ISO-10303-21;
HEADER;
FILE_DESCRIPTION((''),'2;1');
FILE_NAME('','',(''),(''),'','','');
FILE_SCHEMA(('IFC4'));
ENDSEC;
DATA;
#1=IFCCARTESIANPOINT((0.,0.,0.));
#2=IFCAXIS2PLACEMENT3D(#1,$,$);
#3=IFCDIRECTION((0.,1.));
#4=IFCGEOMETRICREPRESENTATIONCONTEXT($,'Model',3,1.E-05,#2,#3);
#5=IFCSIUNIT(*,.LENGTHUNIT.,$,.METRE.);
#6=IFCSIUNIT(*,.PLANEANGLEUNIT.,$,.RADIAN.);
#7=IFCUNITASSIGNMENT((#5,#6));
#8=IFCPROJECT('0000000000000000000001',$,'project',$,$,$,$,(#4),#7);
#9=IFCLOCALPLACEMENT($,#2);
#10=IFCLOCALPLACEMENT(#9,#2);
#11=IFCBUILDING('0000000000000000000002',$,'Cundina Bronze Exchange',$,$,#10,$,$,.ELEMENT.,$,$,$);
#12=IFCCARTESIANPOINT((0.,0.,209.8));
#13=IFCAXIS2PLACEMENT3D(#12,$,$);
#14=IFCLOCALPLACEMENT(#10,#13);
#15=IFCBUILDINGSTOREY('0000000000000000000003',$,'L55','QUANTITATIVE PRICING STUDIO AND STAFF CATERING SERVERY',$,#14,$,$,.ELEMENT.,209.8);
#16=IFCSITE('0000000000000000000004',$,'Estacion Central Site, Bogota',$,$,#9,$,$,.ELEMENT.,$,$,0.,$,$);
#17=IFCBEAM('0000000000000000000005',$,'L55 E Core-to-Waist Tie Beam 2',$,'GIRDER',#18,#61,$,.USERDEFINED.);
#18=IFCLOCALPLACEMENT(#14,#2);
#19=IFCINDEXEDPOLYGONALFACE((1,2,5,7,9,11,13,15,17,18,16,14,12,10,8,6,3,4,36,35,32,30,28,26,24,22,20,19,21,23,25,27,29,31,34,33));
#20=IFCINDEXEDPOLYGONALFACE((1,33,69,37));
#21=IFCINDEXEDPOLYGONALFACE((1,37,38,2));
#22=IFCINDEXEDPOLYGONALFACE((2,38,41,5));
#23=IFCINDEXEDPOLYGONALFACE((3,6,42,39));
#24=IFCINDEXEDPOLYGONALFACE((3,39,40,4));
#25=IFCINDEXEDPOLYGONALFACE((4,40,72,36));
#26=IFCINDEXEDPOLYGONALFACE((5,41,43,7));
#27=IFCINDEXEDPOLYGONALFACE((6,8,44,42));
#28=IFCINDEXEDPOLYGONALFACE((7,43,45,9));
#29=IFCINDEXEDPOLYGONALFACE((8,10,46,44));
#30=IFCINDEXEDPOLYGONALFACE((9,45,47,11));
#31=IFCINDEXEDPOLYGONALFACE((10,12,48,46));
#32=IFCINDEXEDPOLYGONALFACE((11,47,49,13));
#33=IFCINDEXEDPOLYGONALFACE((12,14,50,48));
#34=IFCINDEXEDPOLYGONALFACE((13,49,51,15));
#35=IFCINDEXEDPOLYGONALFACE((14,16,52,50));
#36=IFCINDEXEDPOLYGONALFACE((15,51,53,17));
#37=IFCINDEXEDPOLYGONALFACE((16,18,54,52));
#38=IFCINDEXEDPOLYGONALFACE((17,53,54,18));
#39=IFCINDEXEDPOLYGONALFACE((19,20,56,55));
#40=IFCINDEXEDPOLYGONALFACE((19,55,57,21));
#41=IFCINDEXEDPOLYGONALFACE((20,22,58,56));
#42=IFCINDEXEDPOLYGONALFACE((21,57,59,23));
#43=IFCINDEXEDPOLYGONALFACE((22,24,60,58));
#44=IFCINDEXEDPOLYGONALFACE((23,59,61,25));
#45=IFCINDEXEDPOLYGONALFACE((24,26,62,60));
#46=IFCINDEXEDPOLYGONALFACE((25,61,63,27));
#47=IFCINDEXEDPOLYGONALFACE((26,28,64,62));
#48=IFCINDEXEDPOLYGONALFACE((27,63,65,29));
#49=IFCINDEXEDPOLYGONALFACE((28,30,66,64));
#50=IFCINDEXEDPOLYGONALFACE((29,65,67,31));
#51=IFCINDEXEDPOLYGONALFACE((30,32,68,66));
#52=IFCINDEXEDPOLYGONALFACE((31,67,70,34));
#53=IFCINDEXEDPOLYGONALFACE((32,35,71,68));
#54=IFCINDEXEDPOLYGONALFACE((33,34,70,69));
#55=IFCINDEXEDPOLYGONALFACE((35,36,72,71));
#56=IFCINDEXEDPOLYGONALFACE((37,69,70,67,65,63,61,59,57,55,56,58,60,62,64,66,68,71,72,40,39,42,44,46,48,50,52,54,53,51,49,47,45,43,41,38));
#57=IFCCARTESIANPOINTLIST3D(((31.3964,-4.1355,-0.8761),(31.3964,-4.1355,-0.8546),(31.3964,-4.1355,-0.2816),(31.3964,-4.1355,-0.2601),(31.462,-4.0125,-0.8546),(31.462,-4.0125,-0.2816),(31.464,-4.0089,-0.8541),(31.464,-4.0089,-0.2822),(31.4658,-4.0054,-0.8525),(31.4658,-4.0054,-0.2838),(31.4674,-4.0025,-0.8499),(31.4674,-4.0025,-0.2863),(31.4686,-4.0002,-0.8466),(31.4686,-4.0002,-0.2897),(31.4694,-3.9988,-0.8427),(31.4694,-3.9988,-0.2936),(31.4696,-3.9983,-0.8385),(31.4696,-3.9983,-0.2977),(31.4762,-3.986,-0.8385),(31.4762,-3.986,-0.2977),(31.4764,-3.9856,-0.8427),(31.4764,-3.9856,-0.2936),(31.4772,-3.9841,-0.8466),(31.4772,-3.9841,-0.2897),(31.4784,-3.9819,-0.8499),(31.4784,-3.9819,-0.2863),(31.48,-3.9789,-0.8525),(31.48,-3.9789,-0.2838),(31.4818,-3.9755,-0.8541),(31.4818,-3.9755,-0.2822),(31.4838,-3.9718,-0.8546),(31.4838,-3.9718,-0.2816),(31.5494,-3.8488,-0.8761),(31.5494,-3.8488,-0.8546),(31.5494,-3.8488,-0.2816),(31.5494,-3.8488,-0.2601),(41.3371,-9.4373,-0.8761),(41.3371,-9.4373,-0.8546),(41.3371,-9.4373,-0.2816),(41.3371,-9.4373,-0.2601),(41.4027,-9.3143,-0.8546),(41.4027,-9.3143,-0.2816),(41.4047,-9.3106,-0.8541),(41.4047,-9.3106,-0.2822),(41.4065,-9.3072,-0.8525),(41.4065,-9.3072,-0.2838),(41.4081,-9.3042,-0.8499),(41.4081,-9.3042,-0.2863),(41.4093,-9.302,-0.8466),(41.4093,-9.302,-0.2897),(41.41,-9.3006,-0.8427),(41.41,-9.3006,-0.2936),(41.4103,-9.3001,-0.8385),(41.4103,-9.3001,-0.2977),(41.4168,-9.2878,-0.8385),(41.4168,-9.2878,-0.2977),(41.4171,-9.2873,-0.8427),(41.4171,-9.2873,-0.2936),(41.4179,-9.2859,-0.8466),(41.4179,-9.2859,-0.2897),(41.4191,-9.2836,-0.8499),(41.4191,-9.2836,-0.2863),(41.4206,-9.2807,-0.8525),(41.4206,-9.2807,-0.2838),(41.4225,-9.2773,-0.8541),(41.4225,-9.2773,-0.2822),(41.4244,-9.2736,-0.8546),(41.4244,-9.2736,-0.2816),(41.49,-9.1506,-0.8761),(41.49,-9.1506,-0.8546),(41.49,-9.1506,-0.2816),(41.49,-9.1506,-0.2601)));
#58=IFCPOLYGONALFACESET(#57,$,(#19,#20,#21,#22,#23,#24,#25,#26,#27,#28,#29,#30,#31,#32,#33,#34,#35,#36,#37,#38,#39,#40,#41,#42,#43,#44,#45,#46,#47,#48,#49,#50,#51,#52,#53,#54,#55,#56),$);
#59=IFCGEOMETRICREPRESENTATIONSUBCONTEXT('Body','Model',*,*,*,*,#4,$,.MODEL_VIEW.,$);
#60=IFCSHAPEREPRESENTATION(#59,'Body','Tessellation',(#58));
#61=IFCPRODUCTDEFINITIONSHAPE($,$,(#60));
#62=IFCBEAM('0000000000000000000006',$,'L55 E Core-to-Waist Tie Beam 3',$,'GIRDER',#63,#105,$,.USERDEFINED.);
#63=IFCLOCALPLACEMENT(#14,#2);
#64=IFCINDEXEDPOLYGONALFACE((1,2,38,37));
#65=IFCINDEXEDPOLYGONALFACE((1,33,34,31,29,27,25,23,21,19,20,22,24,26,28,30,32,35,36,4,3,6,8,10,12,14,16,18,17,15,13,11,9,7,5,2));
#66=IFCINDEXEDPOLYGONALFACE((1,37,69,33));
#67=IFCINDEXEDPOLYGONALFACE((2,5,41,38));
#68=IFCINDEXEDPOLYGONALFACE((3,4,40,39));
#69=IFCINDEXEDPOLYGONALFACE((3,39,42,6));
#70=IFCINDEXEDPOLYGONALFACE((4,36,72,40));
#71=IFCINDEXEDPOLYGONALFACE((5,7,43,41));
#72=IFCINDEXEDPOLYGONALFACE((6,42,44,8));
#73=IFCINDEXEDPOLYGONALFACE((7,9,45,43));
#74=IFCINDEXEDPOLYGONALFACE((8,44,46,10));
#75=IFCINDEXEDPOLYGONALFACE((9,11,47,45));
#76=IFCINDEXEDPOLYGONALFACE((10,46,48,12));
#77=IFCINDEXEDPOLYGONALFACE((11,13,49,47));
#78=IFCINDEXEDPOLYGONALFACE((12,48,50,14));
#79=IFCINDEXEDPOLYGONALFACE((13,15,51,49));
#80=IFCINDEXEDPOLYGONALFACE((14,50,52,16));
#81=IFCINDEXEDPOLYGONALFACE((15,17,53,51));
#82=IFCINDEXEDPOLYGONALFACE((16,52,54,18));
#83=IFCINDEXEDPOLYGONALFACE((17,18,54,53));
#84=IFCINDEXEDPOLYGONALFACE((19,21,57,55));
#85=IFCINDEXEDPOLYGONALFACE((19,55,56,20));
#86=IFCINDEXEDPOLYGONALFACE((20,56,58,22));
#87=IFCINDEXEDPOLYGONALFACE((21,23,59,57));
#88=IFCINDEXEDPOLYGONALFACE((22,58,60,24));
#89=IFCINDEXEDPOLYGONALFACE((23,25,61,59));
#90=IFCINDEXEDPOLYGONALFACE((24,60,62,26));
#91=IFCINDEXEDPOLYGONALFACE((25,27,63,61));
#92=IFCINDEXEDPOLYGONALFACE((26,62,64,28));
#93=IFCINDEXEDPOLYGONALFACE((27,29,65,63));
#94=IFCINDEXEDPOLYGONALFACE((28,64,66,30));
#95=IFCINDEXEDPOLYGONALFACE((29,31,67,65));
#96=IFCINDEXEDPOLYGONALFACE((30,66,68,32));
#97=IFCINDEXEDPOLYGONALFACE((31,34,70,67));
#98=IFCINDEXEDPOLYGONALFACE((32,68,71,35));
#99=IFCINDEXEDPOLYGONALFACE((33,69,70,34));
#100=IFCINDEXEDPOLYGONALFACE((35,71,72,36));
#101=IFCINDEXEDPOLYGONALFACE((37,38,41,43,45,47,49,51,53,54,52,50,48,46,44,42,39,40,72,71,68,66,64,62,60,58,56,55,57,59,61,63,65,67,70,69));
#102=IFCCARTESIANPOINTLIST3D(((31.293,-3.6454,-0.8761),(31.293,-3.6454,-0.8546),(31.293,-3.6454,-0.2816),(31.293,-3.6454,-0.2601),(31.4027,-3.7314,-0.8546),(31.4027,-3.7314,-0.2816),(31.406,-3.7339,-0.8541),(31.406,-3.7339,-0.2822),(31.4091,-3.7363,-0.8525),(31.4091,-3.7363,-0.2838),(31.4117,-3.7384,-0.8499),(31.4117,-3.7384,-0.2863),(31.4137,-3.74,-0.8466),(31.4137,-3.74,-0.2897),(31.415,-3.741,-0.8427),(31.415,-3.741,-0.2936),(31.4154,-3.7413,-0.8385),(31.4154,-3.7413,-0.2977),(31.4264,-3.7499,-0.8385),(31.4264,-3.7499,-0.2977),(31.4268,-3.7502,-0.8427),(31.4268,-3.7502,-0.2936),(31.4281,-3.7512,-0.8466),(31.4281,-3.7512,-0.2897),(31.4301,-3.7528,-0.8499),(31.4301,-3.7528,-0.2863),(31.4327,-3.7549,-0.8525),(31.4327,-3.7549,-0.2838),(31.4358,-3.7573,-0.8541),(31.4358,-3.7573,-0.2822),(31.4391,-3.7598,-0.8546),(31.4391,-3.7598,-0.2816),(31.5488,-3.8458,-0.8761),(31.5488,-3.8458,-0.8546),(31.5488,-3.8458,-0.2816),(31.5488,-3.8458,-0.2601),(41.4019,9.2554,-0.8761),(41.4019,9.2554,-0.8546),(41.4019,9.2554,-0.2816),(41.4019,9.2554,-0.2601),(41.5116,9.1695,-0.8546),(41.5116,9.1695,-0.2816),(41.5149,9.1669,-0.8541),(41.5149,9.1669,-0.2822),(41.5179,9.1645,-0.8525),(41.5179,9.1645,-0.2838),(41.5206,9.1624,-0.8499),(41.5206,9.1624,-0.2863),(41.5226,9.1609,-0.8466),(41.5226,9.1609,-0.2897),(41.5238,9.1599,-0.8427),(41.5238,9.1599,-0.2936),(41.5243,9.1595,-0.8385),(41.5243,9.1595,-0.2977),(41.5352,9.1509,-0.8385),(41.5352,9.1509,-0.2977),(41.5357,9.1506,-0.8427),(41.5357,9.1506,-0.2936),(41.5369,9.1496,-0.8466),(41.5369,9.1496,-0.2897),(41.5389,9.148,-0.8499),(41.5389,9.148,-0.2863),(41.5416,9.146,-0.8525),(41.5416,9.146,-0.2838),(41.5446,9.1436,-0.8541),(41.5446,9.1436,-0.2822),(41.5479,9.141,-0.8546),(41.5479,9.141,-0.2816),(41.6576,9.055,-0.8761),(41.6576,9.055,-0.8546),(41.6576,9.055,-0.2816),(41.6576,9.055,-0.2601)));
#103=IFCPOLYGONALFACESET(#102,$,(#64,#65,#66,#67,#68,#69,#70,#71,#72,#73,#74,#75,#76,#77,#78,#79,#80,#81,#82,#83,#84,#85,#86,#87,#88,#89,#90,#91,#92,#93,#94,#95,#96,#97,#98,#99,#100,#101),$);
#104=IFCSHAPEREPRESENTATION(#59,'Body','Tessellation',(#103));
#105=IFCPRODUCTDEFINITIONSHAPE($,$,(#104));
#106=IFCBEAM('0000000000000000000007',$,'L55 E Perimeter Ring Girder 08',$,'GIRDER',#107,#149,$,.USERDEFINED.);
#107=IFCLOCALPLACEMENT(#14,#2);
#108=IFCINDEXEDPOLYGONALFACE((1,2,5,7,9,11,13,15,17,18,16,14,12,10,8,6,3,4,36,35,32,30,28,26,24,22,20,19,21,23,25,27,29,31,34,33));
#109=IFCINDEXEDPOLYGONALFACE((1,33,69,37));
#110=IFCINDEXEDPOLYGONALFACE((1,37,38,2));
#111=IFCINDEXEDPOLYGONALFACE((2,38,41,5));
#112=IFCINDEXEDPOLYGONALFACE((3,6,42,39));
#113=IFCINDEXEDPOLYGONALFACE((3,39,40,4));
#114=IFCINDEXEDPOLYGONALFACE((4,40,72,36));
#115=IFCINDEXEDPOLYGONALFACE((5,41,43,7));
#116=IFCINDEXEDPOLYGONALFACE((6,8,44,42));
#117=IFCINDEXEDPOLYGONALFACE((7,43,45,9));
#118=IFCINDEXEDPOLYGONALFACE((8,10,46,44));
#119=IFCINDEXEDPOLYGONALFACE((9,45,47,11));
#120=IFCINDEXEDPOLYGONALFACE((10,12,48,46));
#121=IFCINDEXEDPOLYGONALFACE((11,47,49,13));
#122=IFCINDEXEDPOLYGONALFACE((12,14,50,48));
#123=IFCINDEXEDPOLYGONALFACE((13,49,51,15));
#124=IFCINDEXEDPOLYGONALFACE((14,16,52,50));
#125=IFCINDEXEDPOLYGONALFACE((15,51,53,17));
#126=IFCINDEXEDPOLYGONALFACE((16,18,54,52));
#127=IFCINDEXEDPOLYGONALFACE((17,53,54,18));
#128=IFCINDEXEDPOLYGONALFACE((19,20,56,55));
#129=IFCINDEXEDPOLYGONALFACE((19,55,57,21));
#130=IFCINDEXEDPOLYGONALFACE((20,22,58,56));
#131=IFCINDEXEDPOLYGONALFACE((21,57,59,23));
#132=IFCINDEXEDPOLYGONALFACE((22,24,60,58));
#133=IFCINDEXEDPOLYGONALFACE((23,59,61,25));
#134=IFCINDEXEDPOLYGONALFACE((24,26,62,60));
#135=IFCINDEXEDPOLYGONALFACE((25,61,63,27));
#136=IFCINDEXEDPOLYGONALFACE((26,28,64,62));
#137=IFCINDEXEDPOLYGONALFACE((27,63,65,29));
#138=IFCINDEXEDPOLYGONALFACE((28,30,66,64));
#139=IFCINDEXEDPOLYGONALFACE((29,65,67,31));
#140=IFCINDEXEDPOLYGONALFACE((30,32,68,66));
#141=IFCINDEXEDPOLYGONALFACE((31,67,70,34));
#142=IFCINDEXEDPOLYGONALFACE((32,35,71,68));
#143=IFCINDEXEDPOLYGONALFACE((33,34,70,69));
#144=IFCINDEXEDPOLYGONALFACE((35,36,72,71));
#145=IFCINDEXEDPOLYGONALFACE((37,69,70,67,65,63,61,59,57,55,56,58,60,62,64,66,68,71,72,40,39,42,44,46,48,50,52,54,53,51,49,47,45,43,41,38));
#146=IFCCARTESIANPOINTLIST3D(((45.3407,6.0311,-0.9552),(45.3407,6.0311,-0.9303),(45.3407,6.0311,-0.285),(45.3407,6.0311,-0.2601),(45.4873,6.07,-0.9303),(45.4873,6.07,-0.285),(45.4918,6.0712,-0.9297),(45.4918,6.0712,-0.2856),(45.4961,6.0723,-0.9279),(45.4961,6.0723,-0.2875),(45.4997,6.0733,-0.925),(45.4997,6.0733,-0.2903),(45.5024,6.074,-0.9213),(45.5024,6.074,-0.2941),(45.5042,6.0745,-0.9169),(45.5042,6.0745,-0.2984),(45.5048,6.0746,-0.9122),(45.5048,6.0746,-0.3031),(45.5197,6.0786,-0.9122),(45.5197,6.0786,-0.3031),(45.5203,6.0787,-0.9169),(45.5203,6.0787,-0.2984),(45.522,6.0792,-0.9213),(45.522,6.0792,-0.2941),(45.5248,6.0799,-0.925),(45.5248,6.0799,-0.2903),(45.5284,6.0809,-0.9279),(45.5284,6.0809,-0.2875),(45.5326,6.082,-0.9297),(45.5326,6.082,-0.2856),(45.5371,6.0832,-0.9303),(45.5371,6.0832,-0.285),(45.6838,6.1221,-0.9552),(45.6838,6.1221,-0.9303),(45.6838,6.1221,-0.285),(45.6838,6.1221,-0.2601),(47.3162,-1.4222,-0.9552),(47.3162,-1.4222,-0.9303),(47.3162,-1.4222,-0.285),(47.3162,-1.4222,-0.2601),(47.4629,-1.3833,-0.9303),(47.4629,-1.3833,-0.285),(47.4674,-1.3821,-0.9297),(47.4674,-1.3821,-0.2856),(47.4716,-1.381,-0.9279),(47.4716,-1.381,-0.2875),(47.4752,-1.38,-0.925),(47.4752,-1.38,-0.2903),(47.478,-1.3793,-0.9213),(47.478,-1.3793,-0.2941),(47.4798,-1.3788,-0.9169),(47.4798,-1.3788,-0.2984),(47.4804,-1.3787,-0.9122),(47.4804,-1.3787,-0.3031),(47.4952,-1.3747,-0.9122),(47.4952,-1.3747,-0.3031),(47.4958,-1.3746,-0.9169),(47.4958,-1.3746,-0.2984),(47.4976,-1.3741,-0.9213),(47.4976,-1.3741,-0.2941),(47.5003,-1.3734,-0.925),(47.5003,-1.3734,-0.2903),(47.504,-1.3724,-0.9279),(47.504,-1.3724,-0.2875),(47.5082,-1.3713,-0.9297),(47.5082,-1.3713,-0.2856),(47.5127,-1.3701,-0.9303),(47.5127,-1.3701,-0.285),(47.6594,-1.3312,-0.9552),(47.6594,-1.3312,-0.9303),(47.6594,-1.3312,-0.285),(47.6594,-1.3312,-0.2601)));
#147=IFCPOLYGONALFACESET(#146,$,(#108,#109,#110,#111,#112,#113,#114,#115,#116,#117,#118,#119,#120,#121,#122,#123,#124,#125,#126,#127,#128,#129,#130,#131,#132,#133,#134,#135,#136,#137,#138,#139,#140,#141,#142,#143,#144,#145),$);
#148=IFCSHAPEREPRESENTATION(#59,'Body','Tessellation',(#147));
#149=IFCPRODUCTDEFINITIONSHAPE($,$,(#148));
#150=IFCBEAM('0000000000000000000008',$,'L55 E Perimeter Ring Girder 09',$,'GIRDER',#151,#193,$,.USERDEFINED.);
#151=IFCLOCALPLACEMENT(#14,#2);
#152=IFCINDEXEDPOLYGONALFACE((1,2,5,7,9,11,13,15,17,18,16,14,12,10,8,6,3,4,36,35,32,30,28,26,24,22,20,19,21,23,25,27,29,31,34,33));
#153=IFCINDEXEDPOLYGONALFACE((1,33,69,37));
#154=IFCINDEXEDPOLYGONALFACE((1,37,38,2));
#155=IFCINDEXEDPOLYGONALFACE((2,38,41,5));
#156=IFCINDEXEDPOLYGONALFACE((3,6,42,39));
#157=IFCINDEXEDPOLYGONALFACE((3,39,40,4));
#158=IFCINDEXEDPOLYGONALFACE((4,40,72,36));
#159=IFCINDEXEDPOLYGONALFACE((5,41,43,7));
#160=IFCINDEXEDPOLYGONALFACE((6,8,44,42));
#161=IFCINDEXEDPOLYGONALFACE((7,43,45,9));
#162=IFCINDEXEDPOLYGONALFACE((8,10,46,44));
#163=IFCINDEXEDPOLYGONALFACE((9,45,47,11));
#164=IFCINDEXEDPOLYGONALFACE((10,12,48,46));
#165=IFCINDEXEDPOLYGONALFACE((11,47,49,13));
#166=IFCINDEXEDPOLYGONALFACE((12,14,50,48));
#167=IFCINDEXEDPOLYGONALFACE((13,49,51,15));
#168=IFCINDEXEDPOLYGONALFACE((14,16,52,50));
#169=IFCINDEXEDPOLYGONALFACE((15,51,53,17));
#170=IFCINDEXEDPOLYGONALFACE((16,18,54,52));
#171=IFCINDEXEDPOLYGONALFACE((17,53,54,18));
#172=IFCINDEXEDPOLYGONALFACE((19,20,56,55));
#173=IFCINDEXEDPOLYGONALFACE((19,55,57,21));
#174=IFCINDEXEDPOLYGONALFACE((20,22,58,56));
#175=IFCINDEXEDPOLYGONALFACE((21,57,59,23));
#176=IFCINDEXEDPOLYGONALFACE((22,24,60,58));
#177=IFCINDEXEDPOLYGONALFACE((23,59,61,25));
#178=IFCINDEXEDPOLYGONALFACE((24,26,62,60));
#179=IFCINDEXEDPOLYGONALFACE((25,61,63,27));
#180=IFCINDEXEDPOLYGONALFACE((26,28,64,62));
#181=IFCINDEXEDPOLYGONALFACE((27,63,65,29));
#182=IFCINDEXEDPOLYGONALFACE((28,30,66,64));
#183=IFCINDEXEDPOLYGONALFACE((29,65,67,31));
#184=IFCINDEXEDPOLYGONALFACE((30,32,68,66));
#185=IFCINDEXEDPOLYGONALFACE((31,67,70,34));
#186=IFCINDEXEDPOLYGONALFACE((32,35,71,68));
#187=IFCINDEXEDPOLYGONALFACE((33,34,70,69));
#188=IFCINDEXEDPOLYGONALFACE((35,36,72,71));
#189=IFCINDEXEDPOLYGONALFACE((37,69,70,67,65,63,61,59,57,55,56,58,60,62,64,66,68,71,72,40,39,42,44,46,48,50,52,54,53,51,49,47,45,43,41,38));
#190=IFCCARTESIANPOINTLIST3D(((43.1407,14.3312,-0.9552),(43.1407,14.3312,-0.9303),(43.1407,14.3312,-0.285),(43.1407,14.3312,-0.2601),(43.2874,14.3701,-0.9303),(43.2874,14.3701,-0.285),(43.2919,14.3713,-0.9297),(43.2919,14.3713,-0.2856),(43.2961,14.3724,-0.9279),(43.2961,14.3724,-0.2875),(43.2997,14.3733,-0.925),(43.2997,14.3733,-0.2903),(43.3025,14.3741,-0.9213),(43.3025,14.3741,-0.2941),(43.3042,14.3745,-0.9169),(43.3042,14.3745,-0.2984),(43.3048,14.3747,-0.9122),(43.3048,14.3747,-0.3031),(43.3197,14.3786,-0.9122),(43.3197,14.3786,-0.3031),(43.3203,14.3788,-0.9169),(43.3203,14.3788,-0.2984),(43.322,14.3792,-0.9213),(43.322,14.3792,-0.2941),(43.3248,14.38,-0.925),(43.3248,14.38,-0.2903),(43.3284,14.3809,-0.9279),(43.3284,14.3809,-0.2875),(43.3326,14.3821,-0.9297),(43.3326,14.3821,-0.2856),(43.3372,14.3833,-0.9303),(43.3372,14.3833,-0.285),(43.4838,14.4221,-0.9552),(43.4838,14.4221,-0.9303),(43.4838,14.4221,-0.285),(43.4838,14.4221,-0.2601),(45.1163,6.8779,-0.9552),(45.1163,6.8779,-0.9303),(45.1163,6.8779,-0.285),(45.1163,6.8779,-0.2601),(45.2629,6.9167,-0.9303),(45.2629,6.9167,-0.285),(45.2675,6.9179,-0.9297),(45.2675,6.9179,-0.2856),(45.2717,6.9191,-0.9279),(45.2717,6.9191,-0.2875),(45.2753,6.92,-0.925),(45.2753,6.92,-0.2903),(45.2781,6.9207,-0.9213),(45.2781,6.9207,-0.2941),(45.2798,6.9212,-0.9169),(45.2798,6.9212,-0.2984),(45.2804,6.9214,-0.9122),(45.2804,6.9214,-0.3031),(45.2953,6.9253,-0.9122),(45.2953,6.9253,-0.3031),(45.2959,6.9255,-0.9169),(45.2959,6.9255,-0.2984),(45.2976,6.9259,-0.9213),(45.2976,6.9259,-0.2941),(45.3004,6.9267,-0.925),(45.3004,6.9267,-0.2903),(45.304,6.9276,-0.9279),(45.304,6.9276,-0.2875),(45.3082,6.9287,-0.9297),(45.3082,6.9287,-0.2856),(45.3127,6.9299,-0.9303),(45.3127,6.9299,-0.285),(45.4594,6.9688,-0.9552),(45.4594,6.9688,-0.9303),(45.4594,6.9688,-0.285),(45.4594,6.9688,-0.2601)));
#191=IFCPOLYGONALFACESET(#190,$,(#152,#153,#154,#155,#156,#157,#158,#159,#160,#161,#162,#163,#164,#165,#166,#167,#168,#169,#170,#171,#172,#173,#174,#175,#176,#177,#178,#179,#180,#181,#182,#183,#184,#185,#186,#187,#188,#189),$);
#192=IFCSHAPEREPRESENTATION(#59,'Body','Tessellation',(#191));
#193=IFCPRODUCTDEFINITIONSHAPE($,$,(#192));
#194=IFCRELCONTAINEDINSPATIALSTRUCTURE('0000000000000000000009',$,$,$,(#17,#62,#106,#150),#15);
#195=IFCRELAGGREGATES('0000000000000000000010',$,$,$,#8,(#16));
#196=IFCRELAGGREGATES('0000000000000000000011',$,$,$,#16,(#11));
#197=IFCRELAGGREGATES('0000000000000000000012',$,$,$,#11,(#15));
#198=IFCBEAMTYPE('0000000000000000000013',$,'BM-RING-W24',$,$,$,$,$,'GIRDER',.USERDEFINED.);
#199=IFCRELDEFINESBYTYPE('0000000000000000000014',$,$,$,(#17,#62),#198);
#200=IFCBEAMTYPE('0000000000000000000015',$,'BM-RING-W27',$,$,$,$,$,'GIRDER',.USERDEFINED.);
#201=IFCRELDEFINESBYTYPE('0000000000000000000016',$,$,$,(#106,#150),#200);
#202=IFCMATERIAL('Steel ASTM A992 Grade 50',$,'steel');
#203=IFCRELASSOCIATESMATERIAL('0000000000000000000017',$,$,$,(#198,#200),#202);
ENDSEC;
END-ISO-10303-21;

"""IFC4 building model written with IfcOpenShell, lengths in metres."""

from ifc_helpers import new_model, si_unit, direction, frame, origin, origin_2d, place, context, subcontext, project, spatial, i_section, extrude, material, material_profile, profile_set, type_object, element, save


model = new_model("IFC4")

# Units and contexts
model_context = context("Model", 3, precision=1e-05, world=origin(), true_north=direction((0.0, 1.0)))
body_context = subcontext(model_context, "Body", "Model", "MODEL_VIEW")
ifc_project = project(units=[si_unit("LENGTHUNIT", "METRE"), si_unit("PLANEANGLEUNIT", "RADIAN")], contexts=[model_context])

# Site, building, storey
site_placement = place(None, origin())
site = spatial("IfcSite", under=ifc_project, at=site_placement, Name="Estacion Central Site, Bogota", CompositionType="ELEMENT", RefElevation=0.0)
building_placement = place(site_placement, origin())
building = spatial("IfcBuilding", under=site, at=building_placement, Name="Cundina Bronze Exchange", CompositionType="ELEMENT")
storey_placement = place(building_placement, frame((0.0, 0.0, 209.8)))
storey = spatial("IfcBuildingStorey", under=building, at=storey_placement, Name="L55", Description="QUANTITATIVE PRICING STUDIO AND STAFF CATERING SERVERY", CompositionType="ELEMENT", Elevation=209.8)

# Shared definitions
ifc_material_1 = material(Name="Steel ASTM A992 Grade 50", Category="steel")

# Beams
ifc_material_profile_1 = material_profile(ifc_material_1, i_section(OverallWidth=0.325, OverallDepth=0.616, WebThickness=0.0139, FlangeThickness=0.0215, FilletRadius=0.0161, at=origin_2d()), Name="W24X117", Category="steel")
ifc_profile_set_1 = profile_set([ifc_material_profile_1], Name="Steel ASTM A992 Grade 50")
beam_type_1 = type_object("IfcBeamType", Name="BM-RING-W24", ElementType="GIRDER", PredefinedType="USERDEFINED", material=ifc_profile_set_1)
beam_1_placement = place(storey_placement, frame((31.4729, -3.9922, -0.5681), z_axis=(0.882351, -0.470593, 0.0), x_axis=(0.470593, 0.882351, 0.0)))
element("IfcBeam", 1, at=beam_1_placement, inside=storey, type_object=beam_type_1, Name="L55 E Core-to-Waist Tie Beam 2", ObjectType="GIRDER", PredefinedType="USERDEFINED", context=body_context, shape_type="SweptSolid", body=[
    extrude(i_section(OverallWidth=0.325, OverallDepth=0.616, WebThickness=0.0139, FlangeThickness=0.0215, FilletRadius=0.0161, at=origin_2d()), origin(), (0.0, 0.0, 1.0), 11.2661),
])
beam_2_placement = place(storey_placement, frame((31.4209, -3.7456, -0.5681), z_axis=(0.616783, 0.787133, 0.0), x_axis=(-0.787133, 0.616783, 0.0)))
element("IfcBeam", 2, at=beam_2_placement, inside=storey, type_object=beam_type_1, Name="L55 E Core-to-Waist Tie Beam 3", ObjectType="GIRDER", PredefinedType="USERDEFINED", context=body_context, shape_type="SweptSolid", body=[
    extrude(i_section(OverallWidth=0.325, OverallDepth=0.616, WebThickness=0.0139, FlangeThickness=0.0215, FilletRadius=0.0161, at=origin_2d()), origin(), (0.0, 0.0, 1.0), 16.3896),
])
ifc_material_profile_2 = material_profile(ifc_material_1, i_section(OverallWidth=0.355, OverallDepth=0.6951, WebThickness=0.0154, FlangeThickness=0.0249, FilletRadius=0.0181, at=origin_2d()), Name="W27X146", Category="steel")
ifc_profile_set_2 = profile_set([ifc_material_profile_2], Name="Steel ASTM A992 Grade 50")
beam_type_2 = type_object("IfcBeamType", Name="BM-RING-W27", ElementType="GIRDER", PredefinedType="USERDEFINED", material=ifc_profile_set_2)
for number, where, z_axis, x_axis, name in (
    (3, (47.4878, -1.3767, -0.6077), (-0.256212, 0.966621, 0.0), (-0.966621, -0.256212, 0.0), "L55 E Perimeter Ring Girder 08"),
    (4, (45.2878, 6.9233, -0.6077), (-0.256212, 0.966621, 0.0), (-0.966621, -0.256212, 0.0), "L55 E Perimeter Ring Girder 09"),
):
    element("IfcBeam", number, at=place(storey_placement, frame(where, z_axis=z_axis, x_axis=x_axis)), inside=storey, type_object=beam_type_2, Name=name, ObjectType="GIRDER", PredefinedType="USERDEFINED", context=body_context, shape_type="SweptSolid", body=[
        extrude(i_section(OverallWidth=0.355, OverallDepth=0.6951, WebThickness=0.0154, FlangeThickness=0.0249, FilletRadius=0.0181, at=origin_2d()), origin(), (0.0, 0.0, 1.0), 7.7107),
    ])

save(model, "model.ifc")
